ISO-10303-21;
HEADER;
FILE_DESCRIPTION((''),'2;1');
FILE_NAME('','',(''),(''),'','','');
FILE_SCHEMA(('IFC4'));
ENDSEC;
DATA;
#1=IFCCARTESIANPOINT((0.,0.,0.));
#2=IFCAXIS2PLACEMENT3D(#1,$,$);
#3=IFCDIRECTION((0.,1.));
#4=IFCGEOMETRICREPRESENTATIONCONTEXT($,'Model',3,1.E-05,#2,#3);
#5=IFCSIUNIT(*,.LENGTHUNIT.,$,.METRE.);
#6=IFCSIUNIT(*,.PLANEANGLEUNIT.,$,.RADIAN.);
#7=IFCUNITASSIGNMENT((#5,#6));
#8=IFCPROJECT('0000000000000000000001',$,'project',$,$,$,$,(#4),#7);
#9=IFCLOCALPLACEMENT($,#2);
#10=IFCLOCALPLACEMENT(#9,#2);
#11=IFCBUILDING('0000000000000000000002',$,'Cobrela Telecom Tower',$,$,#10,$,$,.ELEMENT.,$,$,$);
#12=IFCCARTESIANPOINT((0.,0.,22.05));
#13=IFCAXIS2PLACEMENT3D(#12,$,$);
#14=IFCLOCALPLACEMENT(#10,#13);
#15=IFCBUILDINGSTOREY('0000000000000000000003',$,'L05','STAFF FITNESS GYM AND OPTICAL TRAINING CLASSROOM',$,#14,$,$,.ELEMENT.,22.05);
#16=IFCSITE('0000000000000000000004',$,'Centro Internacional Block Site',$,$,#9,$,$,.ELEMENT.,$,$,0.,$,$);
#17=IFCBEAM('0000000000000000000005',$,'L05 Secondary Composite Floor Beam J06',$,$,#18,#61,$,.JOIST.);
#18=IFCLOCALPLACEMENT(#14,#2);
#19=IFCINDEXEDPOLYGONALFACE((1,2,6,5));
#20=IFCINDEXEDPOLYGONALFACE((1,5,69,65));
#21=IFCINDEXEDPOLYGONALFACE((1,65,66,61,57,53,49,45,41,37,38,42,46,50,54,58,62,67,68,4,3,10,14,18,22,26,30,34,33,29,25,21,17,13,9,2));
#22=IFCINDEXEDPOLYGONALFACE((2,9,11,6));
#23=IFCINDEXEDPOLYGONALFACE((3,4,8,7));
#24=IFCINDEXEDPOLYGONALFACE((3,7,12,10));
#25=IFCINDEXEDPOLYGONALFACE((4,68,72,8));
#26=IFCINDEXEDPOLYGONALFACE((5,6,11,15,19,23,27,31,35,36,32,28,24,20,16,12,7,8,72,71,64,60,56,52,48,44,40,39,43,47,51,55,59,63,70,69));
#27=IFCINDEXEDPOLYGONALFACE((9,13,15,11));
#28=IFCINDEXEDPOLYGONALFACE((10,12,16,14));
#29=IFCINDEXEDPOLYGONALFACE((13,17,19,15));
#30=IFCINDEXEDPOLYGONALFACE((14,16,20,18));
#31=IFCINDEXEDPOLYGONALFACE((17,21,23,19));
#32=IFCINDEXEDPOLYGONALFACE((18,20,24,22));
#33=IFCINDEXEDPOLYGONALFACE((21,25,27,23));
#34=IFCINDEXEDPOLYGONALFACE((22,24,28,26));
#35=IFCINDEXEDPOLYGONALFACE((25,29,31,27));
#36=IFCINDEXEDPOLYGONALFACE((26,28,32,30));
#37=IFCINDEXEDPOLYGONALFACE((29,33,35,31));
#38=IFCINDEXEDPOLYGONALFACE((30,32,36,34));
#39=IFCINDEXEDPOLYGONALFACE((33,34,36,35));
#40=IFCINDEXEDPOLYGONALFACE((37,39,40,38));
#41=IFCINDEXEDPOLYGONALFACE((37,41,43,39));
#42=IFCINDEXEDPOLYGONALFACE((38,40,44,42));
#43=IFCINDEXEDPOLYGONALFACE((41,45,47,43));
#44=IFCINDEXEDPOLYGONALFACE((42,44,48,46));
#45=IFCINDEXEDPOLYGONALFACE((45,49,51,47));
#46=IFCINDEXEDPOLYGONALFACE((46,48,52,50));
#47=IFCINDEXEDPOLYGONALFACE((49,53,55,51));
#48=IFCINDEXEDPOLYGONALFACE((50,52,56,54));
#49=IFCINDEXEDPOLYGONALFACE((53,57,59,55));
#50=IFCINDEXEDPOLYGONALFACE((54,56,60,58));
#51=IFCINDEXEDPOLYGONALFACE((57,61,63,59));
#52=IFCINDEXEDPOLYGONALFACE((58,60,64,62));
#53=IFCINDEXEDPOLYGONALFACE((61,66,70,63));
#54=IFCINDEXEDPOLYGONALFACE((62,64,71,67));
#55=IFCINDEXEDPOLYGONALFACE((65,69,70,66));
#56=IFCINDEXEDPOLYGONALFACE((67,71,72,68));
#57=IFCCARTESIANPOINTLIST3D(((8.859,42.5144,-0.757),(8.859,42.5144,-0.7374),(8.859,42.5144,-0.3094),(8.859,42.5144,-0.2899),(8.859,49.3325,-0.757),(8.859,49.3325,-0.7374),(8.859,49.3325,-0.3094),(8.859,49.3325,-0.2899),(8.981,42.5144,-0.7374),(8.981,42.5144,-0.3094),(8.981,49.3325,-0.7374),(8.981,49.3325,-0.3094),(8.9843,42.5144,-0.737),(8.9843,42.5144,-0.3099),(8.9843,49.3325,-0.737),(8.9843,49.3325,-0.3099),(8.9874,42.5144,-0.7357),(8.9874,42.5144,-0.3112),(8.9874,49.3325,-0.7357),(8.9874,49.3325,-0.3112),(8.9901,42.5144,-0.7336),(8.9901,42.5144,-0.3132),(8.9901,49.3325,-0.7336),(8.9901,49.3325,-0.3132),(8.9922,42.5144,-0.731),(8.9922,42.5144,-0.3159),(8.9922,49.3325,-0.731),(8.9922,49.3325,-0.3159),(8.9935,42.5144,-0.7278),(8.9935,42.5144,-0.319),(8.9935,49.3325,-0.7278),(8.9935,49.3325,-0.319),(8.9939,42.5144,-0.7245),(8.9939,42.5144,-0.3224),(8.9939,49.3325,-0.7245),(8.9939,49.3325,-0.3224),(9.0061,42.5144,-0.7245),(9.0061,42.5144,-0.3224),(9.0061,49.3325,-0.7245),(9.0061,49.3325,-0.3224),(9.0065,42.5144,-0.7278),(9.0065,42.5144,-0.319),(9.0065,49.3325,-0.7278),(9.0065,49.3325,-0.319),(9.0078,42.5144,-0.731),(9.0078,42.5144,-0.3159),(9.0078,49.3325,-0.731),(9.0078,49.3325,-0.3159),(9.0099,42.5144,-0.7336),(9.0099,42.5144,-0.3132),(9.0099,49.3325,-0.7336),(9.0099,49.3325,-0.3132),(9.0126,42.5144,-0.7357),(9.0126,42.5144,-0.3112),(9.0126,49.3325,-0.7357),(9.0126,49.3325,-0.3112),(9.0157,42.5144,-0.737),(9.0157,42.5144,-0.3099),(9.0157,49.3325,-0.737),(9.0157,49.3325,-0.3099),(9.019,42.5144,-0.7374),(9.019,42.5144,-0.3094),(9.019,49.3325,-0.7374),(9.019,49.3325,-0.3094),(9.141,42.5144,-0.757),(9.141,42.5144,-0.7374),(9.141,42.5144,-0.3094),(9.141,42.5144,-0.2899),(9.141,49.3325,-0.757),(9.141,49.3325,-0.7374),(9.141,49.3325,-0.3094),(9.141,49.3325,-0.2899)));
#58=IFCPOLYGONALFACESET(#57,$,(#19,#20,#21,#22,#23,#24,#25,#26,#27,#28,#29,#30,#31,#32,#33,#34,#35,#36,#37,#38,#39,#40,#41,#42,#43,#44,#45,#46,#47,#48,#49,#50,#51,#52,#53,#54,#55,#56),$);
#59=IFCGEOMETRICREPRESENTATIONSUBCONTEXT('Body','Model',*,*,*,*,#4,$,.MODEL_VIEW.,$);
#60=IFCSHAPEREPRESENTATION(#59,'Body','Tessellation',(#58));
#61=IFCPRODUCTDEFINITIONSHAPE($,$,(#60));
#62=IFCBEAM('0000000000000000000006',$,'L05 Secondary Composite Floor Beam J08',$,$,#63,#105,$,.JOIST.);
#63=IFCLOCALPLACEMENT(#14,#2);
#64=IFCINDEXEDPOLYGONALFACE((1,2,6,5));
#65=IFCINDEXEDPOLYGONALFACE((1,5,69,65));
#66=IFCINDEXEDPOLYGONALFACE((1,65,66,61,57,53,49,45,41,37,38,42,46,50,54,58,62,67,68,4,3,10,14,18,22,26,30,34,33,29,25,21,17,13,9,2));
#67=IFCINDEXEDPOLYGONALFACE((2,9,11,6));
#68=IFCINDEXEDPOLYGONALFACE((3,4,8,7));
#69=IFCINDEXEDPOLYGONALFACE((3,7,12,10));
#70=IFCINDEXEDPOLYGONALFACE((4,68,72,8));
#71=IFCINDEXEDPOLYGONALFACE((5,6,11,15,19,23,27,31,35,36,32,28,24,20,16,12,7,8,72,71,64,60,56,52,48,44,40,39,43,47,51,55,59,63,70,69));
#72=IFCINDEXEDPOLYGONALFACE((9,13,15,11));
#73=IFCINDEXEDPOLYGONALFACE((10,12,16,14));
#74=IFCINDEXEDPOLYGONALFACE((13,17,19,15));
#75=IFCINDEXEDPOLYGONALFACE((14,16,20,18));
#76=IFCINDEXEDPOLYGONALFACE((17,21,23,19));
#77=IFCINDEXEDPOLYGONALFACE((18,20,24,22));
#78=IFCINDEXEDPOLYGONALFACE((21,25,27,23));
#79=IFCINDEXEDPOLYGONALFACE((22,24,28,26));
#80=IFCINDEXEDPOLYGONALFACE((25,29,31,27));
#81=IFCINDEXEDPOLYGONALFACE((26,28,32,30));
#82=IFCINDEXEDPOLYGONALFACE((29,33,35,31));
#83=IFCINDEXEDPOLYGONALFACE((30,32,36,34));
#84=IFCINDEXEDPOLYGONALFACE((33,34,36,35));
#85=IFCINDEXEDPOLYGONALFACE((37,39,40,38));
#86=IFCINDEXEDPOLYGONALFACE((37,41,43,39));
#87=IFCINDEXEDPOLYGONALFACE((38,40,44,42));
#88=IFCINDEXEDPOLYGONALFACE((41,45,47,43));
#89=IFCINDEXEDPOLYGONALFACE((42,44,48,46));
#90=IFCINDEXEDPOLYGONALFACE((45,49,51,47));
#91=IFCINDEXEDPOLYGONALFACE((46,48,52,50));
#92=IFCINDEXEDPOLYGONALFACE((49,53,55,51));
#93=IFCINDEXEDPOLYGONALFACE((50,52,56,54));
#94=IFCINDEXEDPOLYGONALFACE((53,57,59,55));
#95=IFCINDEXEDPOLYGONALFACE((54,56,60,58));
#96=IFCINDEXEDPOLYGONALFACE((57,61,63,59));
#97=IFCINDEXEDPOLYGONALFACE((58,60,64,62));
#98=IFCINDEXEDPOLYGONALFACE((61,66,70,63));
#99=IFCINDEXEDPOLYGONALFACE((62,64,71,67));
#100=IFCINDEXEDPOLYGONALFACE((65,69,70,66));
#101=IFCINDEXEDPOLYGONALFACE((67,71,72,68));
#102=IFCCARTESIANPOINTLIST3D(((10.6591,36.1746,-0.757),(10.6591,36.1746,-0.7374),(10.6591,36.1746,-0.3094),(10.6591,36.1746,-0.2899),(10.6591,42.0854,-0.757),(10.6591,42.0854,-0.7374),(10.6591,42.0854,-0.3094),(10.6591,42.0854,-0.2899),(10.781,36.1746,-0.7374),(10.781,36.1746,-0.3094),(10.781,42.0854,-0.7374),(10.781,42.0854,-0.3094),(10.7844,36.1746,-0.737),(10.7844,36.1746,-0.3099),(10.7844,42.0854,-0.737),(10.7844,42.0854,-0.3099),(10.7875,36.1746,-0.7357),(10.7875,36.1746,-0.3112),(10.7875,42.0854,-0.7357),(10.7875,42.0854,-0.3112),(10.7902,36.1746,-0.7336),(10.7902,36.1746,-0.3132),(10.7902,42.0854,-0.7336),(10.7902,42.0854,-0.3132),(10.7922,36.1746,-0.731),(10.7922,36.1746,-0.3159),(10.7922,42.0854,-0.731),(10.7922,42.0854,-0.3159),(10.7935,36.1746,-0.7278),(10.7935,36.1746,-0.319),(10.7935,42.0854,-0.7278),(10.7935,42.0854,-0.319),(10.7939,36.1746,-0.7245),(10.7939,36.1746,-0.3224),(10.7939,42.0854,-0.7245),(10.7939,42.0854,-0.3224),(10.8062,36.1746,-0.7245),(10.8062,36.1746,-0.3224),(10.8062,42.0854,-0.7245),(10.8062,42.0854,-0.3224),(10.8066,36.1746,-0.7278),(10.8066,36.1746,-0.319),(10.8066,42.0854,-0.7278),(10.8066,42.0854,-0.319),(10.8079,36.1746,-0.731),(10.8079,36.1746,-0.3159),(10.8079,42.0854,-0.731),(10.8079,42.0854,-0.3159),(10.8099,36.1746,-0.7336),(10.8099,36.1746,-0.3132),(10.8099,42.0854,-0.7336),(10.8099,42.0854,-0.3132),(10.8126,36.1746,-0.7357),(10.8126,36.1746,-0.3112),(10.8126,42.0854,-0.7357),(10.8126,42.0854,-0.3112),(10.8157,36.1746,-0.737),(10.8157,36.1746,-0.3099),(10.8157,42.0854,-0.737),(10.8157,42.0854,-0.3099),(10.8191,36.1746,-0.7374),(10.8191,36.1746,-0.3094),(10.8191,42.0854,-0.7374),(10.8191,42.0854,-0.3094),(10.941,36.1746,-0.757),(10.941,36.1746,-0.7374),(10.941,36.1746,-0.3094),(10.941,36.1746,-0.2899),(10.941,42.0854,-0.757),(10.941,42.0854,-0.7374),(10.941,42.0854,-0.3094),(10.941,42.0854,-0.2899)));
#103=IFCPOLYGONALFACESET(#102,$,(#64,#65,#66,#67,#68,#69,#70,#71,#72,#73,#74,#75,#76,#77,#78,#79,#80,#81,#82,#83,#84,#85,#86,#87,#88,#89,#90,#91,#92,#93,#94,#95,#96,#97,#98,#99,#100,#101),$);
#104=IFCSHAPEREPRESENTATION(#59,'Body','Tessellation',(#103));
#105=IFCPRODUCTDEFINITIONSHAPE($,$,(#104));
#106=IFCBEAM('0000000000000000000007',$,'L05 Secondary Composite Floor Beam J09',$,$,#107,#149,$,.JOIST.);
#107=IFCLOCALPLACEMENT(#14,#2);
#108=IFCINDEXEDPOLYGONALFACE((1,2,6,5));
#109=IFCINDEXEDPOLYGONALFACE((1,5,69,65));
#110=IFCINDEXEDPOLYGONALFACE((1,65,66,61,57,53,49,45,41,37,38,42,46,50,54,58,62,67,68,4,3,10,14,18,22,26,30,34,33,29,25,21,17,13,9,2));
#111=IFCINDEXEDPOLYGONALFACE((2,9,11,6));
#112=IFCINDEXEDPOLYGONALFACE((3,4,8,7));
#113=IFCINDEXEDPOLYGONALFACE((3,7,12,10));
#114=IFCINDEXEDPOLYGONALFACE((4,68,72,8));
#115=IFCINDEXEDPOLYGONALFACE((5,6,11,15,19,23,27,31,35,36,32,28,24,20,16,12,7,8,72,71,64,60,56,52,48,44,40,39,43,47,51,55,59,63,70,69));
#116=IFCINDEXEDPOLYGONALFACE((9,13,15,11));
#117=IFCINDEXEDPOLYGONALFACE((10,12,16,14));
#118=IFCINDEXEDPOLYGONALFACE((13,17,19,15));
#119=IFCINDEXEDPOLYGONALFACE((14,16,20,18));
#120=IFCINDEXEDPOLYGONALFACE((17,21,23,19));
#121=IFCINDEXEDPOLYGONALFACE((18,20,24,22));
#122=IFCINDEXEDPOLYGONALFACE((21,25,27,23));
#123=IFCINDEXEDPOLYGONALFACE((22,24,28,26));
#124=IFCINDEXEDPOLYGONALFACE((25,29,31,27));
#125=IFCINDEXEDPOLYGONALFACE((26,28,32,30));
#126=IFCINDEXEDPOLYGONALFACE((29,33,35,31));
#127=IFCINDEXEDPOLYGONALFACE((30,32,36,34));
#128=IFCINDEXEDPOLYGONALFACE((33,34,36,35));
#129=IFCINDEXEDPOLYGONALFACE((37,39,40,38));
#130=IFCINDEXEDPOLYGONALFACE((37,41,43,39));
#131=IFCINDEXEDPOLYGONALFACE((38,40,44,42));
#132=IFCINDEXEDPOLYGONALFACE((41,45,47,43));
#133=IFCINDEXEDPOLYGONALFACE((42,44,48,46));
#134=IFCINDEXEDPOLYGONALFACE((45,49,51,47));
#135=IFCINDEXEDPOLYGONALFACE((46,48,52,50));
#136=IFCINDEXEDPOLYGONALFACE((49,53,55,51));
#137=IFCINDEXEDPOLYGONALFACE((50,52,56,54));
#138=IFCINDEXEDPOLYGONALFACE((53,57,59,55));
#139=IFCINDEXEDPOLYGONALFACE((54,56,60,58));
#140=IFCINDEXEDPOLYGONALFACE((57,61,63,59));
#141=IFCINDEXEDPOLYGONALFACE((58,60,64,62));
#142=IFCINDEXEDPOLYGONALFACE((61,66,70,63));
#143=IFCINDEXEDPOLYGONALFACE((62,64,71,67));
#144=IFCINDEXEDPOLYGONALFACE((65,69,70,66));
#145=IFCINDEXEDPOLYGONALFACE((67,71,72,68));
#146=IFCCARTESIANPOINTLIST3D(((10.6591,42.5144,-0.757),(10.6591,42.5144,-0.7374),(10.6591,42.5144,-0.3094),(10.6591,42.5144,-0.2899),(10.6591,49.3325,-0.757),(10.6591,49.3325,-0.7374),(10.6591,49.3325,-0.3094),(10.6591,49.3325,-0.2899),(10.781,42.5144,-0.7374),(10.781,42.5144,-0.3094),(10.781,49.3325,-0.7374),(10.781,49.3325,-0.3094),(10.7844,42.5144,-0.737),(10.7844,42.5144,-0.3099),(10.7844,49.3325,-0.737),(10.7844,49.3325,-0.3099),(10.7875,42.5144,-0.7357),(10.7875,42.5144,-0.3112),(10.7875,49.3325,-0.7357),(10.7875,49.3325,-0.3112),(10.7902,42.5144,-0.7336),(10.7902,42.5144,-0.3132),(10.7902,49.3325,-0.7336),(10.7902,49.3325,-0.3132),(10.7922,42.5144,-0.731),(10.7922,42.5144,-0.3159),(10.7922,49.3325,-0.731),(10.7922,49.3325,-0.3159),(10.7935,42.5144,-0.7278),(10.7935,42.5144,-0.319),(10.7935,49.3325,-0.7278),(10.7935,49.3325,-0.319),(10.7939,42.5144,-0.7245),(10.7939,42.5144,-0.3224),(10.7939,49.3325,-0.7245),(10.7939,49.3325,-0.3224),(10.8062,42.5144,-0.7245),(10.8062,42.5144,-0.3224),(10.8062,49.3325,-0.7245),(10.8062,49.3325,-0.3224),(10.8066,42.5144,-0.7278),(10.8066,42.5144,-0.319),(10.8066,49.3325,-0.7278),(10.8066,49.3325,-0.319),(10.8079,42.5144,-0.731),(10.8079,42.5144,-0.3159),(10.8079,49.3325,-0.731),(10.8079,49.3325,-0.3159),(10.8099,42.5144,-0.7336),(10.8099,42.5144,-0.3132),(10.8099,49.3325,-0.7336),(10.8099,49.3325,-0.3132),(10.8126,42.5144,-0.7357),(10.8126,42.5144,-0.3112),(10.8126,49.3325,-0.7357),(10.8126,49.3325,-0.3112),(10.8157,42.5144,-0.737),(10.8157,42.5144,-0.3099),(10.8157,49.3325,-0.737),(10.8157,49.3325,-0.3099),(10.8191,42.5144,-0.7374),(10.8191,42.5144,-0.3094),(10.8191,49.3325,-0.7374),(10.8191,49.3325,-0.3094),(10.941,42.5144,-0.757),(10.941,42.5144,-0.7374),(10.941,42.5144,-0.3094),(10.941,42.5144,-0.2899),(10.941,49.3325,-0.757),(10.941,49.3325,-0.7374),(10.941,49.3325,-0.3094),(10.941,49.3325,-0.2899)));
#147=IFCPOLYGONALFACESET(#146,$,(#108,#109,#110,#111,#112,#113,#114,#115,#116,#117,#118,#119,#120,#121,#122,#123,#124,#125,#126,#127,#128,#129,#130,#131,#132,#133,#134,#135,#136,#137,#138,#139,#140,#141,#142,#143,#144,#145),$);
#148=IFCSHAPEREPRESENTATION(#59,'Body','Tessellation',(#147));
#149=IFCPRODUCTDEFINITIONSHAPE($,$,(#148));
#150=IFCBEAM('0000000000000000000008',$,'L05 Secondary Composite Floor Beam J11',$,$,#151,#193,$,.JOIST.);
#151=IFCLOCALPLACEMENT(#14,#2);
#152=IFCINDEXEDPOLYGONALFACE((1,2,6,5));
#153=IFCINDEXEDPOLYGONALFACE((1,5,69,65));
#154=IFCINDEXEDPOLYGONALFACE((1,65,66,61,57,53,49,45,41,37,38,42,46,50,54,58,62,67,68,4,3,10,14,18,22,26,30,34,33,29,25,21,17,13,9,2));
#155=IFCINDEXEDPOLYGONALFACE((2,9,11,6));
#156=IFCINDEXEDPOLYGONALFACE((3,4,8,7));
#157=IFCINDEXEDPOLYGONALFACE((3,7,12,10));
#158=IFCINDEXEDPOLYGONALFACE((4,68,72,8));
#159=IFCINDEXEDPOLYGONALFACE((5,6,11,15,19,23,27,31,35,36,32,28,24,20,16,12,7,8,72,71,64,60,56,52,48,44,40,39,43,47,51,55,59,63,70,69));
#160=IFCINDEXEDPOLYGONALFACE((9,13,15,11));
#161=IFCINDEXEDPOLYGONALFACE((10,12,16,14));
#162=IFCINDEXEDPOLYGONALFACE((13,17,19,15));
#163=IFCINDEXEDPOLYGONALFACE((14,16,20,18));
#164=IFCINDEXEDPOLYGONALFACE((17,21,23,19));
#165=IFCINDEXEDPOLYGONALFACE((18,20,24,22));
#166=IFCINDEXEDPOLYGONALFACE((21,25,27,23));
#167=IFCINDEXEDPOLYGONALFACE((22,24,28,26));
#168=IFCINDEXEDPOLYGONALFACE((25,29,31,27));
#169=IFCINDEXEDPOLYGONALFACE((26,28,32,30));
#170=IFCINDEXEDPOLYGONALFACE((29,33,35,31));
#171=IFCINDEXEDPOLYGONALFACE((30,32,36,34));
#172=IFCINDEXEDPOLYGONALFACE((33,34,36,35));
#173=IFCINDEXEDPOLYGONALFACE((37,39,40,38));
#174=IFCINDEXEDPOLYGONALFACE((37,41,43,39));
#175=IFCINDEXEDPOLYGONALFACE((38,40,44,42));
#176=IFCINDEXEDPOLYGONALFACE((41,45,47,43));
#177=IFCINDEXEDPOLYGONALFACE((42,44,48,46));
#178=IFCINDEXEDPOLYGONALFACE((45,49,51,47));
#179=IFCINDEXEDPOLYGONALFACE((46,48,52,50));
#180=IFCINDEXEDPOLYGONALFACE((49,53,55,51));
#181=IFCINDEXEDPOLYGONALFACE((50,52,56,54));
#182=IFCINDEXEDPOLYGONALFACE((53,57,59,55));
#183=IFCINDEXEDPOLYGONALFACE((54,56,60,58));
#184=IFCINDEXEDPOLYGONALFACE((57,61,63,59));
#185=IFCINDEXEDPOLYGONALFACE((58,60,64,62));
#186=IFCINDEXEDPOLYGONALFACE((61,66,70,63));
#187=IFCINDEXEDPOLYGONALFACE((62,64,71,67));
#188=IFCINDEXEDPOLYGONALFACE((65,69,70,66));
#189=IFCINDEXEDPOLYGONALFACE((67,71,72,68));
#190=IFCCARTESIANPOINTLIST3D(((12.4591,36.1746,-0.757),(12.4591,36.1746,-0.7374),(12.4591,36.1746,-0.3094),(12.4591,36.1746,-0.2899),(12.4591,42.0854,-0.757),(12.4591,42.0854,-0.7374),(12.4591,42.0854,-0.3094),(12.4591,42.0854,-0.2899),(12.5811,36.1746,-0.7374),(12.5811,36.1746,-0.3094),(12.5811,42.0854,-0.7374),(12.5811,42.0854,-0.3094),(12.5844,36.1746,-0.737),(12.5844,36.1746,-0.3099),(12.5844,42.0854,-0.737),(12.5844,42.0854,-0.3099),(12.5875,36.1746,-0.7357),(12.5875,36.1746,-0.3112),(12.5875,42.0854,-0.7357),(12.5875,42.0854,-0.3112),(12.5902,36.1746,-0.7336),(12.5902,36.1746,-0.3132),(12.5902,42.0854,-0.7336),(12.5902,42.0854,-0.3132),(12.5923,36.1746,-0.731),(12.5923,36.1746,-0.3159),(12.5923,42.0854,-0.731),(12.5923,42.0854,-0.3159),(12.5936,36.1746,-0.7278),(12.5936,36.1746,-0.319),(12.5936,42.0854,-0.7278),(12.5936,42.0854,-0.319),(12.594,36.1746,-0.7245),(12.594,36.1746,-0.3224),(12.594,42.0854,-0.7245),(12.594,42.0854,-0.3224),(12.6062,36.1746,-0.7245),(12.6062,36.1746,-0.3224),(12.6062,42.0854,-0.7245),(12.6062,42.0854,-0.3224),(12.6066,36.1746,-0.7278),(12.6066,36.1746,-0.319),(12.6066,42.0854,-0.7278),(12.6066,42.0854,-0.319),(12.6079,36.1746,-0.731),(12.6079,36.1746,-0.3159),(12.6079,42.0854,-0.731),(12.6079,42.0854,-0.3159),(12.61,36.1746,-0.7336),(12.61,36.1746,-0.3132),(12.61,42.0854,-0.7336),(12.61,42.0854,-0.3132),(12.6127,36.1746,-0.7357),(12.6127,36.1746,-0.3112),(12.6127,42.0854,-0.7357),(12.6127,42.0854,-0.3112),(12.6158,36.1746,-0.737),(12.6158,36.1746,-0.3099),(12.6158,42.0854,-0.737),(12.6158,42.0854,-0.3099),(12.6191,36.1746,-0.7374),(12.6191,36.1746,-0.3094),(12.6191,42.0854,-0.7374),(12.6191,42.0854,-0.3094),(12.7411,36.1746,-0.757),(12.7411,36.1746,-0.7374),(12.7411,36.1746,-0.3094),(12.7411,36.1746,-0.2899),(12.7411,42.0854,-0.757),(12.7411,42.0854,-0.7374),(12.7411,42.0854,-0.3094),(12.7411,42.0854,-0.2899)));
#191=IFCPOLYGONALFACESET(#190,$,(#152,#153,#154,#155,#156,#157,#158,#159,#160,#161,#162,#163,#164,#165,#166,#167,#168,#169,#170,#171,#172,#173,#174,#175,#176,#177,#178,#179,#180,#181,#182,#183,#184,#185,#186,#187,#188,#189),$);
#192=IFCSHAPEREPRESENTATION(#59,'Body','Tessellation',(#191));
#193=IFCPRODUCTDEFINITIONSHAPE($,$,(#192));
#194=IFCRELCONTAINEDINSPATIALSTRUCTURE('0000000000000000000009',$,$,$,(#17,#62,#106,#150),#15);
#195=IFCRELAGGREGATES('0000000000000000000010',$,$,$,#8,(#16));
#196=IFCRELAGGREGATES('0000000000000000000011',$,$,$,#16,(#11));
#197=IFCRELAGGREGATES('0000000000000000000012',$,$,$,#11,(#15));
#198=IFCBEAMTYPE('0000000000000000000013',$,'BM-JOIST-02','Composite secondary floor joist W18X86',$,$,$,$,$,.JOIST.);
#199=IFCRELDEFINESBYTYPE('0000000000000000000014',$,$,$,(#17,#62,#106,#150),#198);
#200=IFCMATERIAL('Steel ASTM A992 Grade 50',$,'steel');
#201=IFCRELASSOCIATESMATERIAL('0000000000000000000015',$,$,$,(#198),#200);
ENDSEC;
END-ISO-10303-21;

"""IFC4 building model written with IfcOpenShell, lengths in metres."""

from ifc_helpers import new_model, si_unit, direction, frame, origin, origin_2d, place, context, subcontext, project, spatial, i_section, extrude, material, material_profile, profile_set, type_object, element, save


model = new_model("IFC4")

# Units and contexts
model_context = context("Model", 3, precision=1e-05, world=origin(), true_north=direction((0.0, 1.0)))
body_context = subcontext(model_context, "Body", "Model", "MODEL_VIEW")
ifc_project = project(units=[si_unit("LENGTHUNIT", "METRE"), si_unit("PLANEANGLEUNIT", "RADIAN")], contexts=[model_context])

# Site, building, storey
site_placement = place(None, origin())
site = spatial("IfcSite", under=ifc_project, at=site_placement, Name="Centro Internacional Block Site", CompositionType="ELEMENT", RefElevation=0.0)
building_placement = place(site_placement, origin())
building = spatial("IfcBuilding", under=site, at=building_placement, Name="Cobrela Telecom Tower", CompositionType="ELEMENT")
storey_placement = place(building_placement, frame((0.0, 0.0, 22.05)))
storey = spatial("IfcBuildingStorey", under=building, at=storey_placement, Name="L05", Description="STAFF FITNESS GYM AND OPTICAL TRAINING CLASSROOM", CompositionType="ELEMENT", Elevation=22.05)

# Beams
ifc_material_1 = material(Name="Steel ASTM A992 Grade 50", Category="steel")
ifc_material_profile_1 = material_profile(ifc_material_1, i_section(OverallWidth=0.282, OverallDepth=0.467, WebThickness=0.0122, FlangeThickness=0.0195, FilletRadius=0.0129, at=origin_2d()), Name="W18X86")
ifc_profile_set_1 = profile_set([ifc_material_profile_1], Name="Steel ASTM A992 Grade 50")
beam_type_1 = type_object("IfcBeamType", Name="BM-JOIST-02", Description="Composite secondary floor joist W18X86", PredefinedType="JOIST", material=ifc_profile_set_1)
beam_1_placement = place(storey_placement, frame((9.0, 42.5144, -0.5234), z_axis=(0.0, 1.0, 0.0), x_axis=(-1.0, 0.0, 0.0)))
element("IfcBeam", 1, at=beam_1_placement, inside=storey, type_object=beam_type_1, Name="L05 Secondary Composite Floor Beam J06", PredefinedType="JOIST", context=body_context, shape_type="SweptSolid", body=[
    extrude(i_section(OverallWidth=0.282, OverallDepth=0.467, WebThickness=0.0122, FlangeThickness=0.0195, FilletRadius=0.0129, at=origin_2d()), origin(), (0.0, 0.0, 1.0), 6.8181),
])
beam_2_placement = place(storey_placement, frame((10.8, 36.1746, -0.5234), z_axis=(0.0, 1.0, 0.0), x_axis=(-1.0, 0.0, 0.0)))
element("IfcBeam", 2, at=beam_2_placement, inside=storey, type_object=beam_type_1, Name="L05 Secondary Composite Floor Beam J08", PredefinedType="JOIST", context=body_context, shape_type="SweptSolid", body=[
    extrude(i_section(OverallWidth=0.282, OverallDepth=0.467, WebThickness=0.0122, FlangeThickness=0.0195, FilletRadius=0.0129, at=origin_2d()), origin(), (0.0, 0.0, 1.0), 5.9109),
])
beam_3_placement = place(storey_placement, frame((10.8, 42.5144, -0.5234), z_axis=(0.0, 1.0, 0.0), x_axis=(-1.0, 0.0, 0.0)))
element("IfcBeam", 3, at=beam_3_placement, inside=storey, type_object=beam_type_1, Name="L05 Secondary Composite Floor Beam J09", PredefinedType="JOIST", context=body_context, shape_type="SweptSolid", body=[
    extrude(i_section(OverallWidth=0.282, OverallDepth=0.467, WebThickness=0.0122, FlangeThickness=0.0195, FilletRadius=0.0129, at=origin_2d()), origin(), (0.0, 0.0, 1.0), 6.8181),
])
beam_4_placement = place(storey_placement, frame((12.6001, 36.1746, -0.5234), z_axis=(0.0, 1.0, 0.0), x_axis=(-1.0, 0.0, 0.0)))
element("IfcBeam", 4, at=beam_4_placement, inside=storey, type_object=beam_type_1, Name="L05 Secondary Composite Floor Beam J11", PredefinedType="JOIST", context=body_context, shape_type="SweptSolid", body=[
    extrude(i_section(OverallWidth=0.282, OverallDepth=0.467, WebThickness=0.0122, FlangeThickness=0.0195, FilletRadius=0.0129, at=origin_2d()), origin(), (0.0, 0.0, 1.0), 5.9109),
])

save(model, "model.ifc")
